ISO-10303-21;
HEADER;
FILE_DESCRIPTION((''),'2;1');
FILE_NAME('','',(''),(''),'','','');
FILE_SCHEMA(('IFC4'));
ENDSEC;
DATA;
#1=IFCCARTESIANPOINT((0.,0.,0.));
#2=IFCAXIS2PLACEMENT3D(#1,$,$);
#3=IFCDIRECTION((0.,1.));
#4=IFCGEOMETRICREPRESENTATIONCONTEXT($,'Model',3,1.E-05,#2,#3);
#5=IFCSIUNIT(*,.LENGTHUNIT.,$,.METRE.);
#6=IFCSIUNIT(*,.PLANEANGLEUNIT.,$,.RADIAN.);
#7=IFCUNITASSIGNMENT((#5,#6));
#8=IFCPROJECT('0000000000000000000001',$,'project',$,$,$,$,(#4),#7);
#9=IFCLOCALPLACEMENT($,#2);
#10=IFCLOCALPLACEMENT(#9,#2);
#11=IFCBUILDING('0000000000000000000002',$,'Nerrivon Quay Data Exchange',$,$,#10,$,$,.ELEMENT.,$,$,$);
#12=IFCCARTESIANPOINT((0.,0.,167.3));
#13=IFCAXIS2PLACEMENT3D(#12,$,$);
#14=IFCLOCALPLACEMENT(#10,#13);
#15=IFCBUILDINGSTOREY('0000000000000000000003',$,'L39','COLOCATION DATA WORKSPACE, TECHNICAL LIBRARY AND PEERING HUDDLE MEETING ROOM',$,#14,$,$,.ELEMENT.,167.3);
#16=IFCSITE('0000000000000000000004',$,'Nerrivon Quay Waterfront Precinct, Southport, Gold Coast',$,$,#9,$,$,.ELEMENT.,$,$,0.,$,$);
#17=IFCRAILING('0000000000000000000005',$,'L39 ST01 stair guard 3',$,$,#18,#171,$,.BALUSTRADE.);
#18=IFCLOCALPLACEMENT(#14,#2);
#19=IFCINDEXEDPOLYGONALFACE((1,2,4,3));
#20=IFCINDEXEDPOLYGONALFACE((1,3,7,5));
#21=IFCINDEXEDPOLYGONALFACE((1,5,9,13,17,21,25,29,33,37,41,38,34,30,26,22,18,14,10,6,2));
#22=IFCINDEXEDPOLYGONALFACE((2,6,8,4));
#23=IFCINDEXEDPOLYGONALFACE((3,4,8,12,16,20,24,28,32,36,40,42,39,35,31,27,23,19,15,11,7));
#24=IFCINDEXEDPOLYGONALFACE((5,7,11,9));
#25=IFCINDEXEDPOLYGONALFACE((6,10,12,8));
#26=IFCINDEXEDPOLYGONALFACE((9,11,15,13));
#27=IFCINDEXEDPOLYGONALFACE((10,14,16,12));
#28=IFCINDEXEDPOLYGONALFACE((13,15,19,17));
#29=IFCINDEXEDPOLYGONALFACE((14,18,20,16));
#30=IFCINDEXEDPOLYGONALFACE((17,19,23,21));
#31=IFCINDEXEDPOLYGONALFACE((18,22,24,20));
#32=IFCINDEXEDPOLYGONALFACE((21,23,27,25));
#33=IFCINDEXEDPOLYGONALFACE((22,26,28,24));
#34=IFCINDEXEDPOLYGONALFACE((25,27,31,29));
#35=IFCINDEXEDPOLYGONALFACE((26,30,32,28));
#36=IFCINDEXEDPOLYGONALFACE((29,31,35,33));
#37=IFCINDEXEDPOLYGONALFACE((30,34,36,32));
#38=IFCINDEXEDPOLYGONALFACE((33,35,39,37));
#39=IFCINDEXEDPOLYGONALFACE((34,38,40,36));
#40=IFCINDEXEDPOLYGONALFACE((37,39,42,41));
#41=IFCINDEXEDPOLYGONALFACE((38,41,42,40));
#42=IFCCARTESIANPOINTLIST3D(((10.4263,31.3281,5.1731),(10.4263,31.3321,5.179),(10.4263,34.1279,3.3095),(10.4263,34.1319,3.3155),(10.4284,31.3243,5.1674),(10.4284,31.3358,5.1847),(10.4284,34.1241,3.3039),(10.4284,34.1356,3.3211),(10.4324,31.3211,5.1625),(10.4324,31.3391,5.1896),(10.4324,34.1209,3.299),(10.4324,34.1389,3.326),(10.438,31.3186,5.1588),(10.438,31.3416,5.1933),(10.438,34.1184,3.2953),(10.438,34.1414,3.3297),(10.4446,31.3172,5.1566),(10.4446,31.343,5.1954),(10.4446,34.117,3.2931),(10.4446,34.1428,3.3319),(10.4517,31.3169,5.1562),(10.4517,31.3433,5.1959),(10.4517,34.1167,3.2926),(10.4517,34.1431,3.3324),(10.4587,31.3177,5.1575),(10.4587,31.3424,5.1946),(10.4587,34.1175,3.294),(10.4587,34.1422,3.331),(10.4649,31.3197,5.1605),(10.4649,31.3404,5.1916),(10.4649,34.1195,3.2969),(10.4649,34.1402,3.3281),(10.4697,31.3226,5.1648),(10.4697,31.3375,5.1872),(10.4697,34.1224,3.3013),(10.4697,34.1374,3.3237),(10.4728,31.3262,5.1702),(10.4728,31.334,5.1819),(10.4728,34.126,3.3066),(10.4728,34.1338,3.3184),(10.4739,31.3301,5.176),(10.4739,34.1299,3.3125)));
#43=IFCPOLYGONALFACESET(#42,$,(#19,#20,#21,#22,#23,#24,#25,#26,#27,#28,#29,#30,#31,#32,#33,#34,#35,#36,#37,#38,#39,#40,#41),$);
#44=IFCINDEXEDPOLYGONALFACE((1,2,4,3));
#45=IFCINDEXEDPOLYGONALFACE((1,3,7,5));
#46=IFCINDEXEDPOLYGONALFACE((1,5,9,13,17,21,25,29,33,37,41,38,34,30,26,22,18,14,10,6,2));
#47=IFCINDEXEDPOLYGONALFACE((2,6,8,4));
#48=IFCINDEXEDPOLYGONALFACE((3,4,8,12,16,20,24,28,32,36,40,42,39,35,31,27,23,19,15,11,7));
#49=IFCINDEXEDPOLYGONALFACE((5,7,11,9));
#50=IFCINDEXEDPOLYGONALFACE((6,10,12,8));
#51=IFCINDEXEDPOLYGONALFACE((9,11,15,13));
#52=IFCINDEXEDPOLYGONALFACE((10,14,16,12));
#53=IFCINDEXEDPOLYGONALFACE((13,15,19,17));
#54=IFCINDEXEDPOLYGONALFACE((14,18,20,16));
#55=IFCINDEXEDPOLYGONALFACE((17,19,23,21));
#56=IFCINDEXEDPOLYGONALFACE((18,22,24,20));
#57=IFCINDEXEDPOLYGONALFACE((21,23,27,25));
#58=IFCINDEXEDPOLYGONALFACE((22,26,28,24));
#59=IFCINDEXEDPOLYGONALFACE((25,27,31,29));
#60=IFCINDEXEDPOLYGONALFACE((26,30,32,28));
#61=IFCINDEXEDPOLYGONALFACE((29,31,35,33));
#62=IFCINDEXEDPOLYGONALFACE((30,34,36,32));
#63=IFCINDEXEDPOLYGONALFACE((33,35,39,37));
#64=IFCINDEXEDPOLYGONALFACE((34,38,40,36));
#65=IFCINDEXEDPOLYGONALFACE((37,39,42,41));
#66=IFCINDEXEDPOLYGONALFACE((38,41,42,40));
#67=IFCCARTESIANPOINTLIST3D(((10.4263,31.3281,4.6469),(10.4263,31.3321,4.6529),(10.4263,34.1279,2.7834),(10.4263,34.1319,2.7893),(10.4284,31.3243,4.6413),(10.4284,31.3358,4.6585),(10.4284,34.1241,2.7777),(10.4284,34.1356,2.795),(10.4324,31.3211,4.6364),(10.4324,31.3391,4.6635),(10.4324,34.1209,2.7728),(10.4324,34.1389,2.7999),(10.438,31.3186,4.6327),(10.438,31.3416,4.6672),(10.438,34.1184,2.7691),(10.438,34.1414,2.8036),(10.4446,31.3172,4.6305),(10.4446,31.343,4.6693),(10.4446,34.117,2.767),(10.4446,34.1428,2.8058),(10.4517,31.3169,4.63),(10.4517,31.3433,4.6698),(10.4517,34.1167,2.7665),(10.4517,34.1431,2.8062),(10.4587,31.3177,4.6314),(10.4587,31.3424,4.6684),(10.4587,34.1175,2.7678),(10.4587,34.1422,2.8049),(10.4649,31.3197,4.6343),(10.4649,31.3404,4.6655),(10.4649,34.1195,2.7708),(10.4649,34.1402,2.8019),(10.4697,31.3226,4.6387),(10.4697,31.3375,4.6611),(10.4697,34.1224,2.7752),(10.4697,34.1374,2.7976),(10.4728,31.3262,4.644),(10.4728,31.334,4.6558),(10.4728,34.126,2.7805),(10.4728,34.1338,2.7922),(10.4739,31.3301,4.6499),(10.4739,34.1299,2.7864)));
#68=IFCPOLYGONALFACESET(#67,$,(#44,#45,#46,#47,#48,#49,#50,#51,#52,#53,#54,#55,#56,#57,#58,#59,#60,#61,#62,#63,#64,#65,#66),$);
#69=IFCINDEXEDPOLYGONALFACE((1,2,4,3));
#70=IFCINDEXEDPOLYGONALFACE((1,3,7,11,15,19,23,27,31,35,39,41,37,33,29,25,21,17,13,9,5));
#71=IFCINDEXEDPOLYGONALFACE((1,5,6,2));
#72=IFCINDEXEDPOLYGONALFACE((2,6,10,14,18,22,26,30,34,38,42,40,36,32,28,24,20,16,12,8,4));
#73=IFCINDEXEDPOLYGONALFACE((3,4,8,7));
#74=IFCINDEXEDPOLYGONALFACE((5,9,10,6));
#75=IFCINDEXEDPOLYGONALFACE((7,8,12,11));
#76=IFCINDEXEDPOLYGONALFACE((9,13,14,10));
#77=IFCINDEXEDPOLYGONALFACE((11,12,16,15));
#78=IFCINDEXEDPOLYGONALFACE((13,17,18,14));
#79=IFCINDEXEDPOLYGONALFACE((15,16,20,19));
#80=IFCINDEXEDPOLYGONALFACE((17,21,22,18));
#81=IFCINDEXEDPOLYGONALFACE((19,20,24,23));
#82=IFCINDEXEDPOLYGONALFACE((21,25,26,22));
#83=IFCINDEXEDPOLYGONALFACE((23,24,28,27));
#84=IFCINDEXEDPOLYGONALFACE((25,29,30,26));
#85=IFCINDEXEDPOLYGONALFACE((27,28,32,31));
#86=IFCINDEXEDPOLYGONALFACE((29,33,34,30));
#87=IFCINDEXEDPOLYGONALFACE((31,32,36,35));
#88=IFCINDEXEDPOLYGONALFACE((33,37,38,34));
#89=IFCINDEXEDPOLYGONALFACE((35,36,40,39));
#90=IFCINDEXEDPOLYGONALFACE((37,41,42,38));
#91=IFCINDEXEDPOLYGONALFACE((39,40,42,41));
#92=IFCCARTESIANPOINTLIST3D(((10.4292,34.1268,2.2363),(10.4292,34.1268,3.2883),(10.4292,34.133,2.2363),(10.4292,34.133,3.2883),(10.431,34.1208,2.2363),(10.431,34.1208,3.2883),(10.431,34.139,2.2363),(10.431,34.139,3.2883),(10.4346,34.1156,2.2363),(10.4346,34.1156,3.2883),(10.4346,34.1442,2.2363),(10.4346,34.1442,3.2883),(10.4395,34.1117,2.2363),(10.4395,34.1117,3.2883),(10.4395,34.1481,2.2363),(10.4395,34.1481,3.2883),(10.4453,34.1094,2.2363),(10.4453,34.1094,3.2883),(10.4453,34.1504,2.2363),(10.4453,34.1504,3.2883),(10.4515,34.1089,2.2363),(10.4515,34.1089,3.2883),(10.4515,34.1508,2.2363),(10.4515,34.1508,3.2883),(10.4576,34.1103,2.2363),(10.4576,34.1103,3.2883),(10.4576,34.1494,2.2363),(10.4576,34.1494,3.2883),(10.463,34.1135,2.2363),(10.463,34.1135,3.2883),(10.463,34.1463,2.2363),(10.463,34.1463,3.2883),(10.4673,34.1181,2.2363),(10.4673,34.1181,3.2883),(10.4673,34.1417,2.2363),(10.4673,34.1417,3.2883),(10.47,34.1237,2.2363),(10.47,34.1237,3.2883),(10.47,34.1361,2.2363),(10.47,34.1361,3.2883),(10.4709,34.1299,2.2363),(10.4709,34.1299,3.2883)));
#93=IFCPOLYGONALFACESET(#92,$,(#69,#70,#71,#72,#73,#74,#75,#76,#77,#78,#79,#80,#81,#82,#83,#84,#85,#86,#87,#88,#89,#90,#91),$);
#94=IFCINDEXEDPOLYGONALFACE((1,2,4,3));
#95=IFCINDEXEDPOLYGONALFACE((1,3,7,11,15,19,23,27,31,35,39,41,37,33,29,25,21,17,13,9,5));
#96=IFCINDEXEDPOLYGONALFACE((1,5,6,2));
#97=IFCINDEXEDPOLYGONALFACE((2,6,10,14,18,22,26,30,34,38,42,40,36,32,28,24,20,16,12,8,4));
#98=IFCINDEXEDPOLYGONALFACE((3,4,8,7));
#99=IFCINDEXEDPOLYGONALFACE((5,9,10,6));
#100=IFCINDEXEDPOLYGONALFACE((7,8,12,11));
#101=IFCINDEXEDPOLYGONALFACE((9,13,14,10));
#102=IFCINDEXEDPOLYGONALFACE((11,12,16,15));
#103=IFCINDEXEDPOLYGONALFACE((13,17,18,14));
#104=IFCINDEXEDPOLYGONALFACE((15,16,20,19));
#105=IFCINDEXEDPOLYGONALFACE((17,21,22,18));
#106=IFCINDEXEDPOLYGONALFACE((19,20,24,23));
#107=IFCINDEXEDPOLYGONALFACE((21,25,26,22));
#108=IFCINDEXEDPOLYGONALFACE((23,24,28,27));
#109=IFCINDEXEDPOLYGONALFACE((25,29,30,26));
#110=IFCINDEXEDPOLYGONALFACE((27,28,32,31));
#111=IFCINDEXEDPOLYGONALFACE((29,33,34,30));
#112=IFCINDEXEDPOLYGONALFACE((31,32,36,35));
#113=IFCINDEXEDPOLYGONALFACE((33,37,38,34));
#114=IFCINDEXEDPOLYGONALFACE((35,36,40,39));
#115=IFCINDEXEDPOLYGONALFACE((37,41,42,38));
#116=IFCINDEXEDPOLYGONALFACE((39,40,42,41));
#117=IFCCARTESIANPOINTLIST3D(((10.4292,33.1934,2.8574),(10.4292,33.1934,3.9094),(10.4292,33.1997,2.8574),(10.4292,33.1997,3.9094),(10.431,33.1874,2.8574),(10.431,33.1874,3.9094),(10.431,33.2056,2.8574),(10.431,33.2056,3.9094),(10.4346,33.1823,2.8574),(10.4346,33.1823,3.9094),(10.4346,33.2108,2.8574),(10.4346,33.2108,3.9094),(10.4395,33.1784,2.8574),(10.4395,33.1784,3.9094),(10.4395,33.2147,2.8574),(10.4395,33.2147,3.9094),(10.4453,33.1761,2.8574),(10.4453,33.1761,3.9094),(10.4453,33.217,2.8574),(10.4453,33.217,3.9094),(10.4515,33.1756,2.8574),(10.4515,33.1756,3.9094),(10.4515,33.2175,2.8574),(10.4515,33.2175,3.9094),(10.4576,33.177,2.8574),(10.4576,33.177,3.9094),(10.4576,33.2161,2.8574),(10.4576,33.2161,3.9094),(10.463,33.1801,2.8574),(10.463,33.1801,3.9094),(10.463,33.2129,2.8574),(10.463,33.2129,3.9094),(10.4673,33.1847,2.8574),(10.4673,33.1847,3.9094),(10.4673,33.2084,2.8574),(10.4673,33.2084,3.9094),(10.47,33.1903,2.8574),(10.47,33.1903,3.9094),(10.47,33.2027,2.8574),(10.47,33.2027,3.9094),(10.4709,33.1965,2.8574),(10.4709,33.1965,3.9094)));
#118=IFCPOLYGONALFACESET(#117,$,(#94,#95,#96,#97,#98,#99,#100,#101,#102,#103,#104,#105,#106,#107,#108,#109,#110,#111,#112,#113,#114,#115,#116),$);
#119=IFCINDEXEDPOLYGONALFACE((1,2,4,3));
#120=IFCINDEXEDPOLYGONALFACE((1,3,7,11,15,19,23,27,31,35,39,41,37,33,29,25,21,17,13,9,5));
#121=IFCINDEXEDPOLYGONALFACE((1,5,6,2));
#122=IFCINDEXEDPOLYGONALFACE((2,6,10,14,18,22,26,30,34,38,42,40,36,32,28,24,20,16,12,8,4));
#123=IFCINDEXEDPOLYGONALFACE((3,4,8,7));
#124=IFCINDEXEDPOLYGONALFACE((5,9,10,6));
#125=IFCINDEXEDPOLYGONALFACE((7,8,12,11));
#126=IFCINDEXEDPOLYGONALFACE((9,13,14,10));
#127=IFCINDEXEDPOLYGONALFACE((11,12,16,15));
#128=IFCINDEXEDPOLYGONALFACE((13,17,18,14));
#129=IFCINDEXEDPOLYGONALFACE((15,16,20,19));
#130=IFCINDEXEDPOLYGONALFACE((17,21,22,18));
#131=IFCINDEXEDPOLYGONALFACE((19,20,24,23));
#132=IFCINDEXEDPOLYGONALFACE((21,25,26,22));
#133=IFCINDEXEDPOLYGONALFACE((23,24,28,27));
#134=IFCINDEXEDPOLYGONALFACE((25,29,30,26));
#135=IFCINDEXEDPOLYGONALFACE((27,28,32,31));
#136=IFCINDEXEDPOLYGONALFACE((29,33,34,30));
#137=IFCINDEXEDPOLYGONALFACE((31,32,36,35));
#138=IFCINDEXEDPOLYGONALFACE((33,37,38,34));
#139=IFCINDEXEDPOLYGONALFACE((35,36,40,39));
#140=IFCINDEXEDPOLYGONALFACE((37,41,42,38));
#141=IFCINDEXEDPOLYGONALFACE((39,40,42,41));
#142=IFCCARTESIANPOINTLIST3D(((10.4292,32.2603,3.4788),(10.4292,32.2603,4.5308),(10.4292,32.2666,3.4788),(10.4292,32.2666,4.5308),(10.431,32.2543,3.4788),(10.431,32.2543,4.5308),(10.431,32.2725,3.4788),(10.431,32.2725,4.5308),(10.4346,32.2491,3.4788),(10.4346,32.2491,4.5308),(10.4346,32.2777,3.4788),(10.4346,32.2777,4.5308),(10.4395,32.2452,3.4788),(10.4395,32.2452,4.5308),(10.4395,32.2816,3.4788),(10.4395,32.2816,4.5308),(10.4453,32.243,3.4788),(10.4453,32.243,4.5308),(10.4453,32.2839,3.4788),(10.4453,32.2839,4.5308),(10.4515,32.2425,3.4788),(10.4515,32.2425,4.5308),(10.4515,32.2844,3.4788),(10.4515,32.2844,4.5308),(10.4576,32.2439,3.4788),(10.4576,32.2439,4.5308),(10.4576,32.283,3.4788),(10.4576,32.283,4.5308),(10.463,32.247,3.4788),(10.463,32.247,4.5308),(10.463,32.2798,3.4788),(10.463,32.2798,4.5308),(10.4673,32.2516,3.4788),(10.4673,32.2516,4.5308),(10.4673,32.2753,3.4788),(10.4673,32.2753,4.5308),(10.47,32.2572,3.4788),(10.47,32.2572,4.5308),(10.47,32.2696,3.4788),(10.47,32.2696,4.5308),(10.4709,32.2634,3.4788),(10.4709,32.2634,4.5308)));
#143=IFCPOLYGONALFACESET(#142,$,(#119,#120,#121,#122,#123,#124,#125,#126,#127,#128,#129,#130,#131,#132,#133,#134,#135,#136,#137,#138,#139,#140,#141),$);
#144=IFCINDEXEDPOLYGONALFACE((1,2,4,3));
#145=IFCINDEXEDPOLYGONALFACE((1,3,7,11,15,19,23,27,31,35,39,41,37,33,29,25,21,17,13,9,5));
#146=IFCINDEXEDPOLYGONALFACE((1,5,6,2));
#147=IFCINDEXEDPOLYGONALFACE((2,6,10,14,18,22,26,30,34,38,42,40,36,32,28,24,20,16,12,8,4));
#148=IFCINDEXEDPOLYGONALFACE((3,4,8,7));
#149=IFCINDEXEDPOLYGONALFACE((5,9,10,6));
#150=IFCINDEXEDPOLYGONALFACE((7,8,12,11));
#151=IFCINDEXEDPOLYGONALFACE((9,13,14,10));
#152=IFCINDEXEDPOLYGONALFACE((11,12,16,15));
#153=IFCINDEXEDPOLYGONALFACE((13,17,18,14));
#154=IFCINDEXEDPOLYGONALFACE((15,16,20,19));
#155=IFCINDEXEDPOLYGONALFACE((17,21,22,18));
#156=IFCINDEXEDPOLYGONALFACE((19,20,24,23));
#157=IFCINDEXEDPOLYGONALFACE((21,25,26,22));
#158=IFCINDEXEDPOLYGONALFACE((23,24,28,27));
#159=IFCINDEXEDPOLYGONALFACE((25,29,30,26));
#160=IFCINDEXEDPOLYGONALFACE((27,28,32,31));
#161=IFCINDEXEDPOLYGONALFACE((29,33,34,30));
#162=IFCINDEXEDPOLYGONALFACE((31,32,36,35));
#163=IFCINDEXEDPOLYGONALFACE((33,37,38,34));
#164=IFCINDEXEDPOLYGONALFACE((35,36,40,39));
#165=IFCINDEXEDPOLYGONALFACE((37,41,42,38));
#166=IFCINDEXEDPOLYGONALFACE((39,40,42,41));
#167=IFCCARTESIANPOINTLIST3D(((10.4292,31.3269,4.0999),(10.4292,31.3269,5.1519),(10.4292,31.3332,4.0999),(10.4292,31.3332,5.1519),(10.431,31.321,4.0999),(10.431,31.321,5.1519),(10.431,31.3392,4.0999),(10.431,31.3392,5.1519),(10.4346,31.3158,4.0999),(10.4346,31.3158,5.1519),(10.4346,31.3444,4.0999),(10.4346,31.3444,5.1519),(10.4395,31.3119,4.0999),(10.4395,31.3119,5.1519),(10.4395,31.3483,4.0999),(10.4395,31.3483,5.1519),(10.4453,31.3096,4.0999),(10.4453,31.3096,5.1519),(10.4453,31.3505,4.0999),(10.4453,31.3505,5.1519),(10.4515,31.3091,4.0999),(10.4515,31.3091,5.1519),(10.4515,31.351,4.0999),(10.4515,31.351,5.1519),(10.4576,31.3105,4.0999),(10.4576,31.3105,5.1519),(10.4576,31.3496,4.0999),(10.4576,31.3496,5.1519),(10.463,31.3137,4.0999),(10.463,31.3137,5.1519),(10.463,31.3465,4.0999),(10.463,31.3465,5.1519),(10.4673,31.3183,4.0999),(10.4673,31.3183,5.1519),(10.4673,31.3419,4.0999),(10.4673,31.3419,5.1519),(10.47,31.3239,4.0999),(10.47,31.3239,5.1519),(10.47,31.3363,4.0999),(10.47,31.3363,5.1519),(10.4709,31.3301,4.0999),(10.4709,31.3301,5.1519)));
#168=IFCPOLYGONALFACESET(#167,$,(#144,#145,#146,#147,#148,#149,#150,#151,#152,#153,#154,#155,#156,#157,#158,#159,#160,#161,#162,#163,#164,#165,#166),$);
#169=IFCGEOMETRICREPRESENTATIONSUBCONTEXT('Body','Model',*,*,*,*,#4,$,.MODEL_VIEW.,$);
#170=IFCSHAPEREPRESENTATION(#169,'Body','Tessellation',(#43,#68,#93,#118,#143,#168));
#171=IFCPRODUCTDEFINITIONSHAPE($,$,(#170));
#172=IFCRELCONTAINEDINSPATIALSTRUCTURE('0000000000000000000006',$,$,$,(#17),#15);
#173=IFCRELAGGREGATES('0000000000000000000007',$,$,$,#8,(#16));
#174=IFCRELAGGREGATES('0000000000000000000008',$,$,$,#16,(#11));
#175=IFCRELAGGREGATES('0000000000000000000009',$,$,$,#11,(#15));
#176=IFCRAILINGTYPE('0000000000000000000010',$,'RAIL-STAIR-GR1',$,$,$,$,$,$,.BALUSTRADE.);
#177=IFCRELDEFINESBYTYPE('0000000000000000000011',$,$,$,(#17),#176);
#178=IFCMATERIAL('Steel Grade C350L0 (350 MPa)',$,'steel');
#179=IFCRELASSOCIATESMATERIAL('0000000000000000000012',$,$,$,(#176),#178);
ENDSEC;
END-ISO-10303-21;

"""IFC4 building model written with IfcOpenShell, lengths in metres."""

from ifc_helpers import new_model, si_unit, direction, frame, origin, origin_2d, place, context, subcontext, project, spatial, circle, extrude, material, type_object, element, save


model = new_model("IFC4")

# Units and contexts
model_context = context("Model", 3, precision=1e-05, world=origin(), true_north=direction((0.0, 1.0)))
body_context = subcontext(model_context, "Body", "Model", "MODEL_VIEW")
ifc_project = project(units=[si_unit("LENGTHUNIT", "METRE"), si_unit("PLANEANGLEUNIT", "RADIAN")], contexts=[model_context])

# Site, building, storey
site_placement = place(None, origin())
site = spatial("IfcSite", under=ifc_project, at=site_placement, Name="Nerrivon Quay Waterfront Precinct, Southport, Gold Coast", CompositionType="ELEMENT", RefElevation=0.0)
building_placement = place(site_placement, origin())
building = spatial("IfcBuilding", under=site, at=building_placement, Name="Nerrivon Quay Data Exchange", CompositionType="ELEMENT")
storey_placement = place(building_placement, frame((0.0, 0.0, 167.3)))
storey = spatial("IfcBuildingStorey", under=building, at=storey_placement, Name="L39", Description="COLOCATION DATA WORKSPACE, TECHNICAL LIBRARY AND PEERING HUDDLE MEETING ROOM", CompositionType="ELEMENT", Elevation=167.3)

# Railing
ifc_material_1 = material(Name="Steel Grade C350L0 (350 MPa)", Category="steel")
railing_type_1 = type_object("IfcRailingType", Name="RAIL-STAIR-GR1", PredefinedType="BALUSTRADE", material=ifc_material_1)
railing_1_placement = place(storey_placement, frame((10.45, 34.1299, 2.2363)))
element("IfcRailing", 1, at=railing_1_placement, inside=storey, type_object=railing_type_1, Name="L39 ST01 stair guard 3", PredefinedType="BALUSTRADE", context=body_context, shape_type="SweptSolid", body=[
    extrude(circle(Radius=0.0239, at=origin_2d()), frame((0.0, 0.0, 1.0762), z_axis=(0.0, -0.832463, 0.55408), x_axis=(1.0, 0.0, 0.0)), (0.0, 0.0, 1.0), 3.3633),
    extrude(circle(Radius=0.0239, at=origin_2d()), frame((0.0, 0.0, 0.55), z_axis=(0.0, -0.832463, 0.55408), x_axis=(1.0, 0.0, 0.0)), (0.0, 0.0, 1.0), 3.3633),
    extrude(circle(Radius=0.021, at=origin_2d()), origin(), (0.0, 0.0, 1.0), 1.052),
    extrude(circle(Radius=0.021, at=origin_2d()), frame((0.0, -0.9333, 0.6211)), (0.0, 0.0, 1.0), 1.052),
    extrude(circle(Radius=0.021, at=origin_2d()), frame((0.0, -1.8665, 1.2424)), (0.0, 0.0, 1.0), 1.052),
    extrude(circle(Radius=0.021, at=origin_2d()), frame((0.0, -2.7998, 1.8635)), (0.0, 0.0, 1.0), 1.052),
])

save(model, "model.ifc")
